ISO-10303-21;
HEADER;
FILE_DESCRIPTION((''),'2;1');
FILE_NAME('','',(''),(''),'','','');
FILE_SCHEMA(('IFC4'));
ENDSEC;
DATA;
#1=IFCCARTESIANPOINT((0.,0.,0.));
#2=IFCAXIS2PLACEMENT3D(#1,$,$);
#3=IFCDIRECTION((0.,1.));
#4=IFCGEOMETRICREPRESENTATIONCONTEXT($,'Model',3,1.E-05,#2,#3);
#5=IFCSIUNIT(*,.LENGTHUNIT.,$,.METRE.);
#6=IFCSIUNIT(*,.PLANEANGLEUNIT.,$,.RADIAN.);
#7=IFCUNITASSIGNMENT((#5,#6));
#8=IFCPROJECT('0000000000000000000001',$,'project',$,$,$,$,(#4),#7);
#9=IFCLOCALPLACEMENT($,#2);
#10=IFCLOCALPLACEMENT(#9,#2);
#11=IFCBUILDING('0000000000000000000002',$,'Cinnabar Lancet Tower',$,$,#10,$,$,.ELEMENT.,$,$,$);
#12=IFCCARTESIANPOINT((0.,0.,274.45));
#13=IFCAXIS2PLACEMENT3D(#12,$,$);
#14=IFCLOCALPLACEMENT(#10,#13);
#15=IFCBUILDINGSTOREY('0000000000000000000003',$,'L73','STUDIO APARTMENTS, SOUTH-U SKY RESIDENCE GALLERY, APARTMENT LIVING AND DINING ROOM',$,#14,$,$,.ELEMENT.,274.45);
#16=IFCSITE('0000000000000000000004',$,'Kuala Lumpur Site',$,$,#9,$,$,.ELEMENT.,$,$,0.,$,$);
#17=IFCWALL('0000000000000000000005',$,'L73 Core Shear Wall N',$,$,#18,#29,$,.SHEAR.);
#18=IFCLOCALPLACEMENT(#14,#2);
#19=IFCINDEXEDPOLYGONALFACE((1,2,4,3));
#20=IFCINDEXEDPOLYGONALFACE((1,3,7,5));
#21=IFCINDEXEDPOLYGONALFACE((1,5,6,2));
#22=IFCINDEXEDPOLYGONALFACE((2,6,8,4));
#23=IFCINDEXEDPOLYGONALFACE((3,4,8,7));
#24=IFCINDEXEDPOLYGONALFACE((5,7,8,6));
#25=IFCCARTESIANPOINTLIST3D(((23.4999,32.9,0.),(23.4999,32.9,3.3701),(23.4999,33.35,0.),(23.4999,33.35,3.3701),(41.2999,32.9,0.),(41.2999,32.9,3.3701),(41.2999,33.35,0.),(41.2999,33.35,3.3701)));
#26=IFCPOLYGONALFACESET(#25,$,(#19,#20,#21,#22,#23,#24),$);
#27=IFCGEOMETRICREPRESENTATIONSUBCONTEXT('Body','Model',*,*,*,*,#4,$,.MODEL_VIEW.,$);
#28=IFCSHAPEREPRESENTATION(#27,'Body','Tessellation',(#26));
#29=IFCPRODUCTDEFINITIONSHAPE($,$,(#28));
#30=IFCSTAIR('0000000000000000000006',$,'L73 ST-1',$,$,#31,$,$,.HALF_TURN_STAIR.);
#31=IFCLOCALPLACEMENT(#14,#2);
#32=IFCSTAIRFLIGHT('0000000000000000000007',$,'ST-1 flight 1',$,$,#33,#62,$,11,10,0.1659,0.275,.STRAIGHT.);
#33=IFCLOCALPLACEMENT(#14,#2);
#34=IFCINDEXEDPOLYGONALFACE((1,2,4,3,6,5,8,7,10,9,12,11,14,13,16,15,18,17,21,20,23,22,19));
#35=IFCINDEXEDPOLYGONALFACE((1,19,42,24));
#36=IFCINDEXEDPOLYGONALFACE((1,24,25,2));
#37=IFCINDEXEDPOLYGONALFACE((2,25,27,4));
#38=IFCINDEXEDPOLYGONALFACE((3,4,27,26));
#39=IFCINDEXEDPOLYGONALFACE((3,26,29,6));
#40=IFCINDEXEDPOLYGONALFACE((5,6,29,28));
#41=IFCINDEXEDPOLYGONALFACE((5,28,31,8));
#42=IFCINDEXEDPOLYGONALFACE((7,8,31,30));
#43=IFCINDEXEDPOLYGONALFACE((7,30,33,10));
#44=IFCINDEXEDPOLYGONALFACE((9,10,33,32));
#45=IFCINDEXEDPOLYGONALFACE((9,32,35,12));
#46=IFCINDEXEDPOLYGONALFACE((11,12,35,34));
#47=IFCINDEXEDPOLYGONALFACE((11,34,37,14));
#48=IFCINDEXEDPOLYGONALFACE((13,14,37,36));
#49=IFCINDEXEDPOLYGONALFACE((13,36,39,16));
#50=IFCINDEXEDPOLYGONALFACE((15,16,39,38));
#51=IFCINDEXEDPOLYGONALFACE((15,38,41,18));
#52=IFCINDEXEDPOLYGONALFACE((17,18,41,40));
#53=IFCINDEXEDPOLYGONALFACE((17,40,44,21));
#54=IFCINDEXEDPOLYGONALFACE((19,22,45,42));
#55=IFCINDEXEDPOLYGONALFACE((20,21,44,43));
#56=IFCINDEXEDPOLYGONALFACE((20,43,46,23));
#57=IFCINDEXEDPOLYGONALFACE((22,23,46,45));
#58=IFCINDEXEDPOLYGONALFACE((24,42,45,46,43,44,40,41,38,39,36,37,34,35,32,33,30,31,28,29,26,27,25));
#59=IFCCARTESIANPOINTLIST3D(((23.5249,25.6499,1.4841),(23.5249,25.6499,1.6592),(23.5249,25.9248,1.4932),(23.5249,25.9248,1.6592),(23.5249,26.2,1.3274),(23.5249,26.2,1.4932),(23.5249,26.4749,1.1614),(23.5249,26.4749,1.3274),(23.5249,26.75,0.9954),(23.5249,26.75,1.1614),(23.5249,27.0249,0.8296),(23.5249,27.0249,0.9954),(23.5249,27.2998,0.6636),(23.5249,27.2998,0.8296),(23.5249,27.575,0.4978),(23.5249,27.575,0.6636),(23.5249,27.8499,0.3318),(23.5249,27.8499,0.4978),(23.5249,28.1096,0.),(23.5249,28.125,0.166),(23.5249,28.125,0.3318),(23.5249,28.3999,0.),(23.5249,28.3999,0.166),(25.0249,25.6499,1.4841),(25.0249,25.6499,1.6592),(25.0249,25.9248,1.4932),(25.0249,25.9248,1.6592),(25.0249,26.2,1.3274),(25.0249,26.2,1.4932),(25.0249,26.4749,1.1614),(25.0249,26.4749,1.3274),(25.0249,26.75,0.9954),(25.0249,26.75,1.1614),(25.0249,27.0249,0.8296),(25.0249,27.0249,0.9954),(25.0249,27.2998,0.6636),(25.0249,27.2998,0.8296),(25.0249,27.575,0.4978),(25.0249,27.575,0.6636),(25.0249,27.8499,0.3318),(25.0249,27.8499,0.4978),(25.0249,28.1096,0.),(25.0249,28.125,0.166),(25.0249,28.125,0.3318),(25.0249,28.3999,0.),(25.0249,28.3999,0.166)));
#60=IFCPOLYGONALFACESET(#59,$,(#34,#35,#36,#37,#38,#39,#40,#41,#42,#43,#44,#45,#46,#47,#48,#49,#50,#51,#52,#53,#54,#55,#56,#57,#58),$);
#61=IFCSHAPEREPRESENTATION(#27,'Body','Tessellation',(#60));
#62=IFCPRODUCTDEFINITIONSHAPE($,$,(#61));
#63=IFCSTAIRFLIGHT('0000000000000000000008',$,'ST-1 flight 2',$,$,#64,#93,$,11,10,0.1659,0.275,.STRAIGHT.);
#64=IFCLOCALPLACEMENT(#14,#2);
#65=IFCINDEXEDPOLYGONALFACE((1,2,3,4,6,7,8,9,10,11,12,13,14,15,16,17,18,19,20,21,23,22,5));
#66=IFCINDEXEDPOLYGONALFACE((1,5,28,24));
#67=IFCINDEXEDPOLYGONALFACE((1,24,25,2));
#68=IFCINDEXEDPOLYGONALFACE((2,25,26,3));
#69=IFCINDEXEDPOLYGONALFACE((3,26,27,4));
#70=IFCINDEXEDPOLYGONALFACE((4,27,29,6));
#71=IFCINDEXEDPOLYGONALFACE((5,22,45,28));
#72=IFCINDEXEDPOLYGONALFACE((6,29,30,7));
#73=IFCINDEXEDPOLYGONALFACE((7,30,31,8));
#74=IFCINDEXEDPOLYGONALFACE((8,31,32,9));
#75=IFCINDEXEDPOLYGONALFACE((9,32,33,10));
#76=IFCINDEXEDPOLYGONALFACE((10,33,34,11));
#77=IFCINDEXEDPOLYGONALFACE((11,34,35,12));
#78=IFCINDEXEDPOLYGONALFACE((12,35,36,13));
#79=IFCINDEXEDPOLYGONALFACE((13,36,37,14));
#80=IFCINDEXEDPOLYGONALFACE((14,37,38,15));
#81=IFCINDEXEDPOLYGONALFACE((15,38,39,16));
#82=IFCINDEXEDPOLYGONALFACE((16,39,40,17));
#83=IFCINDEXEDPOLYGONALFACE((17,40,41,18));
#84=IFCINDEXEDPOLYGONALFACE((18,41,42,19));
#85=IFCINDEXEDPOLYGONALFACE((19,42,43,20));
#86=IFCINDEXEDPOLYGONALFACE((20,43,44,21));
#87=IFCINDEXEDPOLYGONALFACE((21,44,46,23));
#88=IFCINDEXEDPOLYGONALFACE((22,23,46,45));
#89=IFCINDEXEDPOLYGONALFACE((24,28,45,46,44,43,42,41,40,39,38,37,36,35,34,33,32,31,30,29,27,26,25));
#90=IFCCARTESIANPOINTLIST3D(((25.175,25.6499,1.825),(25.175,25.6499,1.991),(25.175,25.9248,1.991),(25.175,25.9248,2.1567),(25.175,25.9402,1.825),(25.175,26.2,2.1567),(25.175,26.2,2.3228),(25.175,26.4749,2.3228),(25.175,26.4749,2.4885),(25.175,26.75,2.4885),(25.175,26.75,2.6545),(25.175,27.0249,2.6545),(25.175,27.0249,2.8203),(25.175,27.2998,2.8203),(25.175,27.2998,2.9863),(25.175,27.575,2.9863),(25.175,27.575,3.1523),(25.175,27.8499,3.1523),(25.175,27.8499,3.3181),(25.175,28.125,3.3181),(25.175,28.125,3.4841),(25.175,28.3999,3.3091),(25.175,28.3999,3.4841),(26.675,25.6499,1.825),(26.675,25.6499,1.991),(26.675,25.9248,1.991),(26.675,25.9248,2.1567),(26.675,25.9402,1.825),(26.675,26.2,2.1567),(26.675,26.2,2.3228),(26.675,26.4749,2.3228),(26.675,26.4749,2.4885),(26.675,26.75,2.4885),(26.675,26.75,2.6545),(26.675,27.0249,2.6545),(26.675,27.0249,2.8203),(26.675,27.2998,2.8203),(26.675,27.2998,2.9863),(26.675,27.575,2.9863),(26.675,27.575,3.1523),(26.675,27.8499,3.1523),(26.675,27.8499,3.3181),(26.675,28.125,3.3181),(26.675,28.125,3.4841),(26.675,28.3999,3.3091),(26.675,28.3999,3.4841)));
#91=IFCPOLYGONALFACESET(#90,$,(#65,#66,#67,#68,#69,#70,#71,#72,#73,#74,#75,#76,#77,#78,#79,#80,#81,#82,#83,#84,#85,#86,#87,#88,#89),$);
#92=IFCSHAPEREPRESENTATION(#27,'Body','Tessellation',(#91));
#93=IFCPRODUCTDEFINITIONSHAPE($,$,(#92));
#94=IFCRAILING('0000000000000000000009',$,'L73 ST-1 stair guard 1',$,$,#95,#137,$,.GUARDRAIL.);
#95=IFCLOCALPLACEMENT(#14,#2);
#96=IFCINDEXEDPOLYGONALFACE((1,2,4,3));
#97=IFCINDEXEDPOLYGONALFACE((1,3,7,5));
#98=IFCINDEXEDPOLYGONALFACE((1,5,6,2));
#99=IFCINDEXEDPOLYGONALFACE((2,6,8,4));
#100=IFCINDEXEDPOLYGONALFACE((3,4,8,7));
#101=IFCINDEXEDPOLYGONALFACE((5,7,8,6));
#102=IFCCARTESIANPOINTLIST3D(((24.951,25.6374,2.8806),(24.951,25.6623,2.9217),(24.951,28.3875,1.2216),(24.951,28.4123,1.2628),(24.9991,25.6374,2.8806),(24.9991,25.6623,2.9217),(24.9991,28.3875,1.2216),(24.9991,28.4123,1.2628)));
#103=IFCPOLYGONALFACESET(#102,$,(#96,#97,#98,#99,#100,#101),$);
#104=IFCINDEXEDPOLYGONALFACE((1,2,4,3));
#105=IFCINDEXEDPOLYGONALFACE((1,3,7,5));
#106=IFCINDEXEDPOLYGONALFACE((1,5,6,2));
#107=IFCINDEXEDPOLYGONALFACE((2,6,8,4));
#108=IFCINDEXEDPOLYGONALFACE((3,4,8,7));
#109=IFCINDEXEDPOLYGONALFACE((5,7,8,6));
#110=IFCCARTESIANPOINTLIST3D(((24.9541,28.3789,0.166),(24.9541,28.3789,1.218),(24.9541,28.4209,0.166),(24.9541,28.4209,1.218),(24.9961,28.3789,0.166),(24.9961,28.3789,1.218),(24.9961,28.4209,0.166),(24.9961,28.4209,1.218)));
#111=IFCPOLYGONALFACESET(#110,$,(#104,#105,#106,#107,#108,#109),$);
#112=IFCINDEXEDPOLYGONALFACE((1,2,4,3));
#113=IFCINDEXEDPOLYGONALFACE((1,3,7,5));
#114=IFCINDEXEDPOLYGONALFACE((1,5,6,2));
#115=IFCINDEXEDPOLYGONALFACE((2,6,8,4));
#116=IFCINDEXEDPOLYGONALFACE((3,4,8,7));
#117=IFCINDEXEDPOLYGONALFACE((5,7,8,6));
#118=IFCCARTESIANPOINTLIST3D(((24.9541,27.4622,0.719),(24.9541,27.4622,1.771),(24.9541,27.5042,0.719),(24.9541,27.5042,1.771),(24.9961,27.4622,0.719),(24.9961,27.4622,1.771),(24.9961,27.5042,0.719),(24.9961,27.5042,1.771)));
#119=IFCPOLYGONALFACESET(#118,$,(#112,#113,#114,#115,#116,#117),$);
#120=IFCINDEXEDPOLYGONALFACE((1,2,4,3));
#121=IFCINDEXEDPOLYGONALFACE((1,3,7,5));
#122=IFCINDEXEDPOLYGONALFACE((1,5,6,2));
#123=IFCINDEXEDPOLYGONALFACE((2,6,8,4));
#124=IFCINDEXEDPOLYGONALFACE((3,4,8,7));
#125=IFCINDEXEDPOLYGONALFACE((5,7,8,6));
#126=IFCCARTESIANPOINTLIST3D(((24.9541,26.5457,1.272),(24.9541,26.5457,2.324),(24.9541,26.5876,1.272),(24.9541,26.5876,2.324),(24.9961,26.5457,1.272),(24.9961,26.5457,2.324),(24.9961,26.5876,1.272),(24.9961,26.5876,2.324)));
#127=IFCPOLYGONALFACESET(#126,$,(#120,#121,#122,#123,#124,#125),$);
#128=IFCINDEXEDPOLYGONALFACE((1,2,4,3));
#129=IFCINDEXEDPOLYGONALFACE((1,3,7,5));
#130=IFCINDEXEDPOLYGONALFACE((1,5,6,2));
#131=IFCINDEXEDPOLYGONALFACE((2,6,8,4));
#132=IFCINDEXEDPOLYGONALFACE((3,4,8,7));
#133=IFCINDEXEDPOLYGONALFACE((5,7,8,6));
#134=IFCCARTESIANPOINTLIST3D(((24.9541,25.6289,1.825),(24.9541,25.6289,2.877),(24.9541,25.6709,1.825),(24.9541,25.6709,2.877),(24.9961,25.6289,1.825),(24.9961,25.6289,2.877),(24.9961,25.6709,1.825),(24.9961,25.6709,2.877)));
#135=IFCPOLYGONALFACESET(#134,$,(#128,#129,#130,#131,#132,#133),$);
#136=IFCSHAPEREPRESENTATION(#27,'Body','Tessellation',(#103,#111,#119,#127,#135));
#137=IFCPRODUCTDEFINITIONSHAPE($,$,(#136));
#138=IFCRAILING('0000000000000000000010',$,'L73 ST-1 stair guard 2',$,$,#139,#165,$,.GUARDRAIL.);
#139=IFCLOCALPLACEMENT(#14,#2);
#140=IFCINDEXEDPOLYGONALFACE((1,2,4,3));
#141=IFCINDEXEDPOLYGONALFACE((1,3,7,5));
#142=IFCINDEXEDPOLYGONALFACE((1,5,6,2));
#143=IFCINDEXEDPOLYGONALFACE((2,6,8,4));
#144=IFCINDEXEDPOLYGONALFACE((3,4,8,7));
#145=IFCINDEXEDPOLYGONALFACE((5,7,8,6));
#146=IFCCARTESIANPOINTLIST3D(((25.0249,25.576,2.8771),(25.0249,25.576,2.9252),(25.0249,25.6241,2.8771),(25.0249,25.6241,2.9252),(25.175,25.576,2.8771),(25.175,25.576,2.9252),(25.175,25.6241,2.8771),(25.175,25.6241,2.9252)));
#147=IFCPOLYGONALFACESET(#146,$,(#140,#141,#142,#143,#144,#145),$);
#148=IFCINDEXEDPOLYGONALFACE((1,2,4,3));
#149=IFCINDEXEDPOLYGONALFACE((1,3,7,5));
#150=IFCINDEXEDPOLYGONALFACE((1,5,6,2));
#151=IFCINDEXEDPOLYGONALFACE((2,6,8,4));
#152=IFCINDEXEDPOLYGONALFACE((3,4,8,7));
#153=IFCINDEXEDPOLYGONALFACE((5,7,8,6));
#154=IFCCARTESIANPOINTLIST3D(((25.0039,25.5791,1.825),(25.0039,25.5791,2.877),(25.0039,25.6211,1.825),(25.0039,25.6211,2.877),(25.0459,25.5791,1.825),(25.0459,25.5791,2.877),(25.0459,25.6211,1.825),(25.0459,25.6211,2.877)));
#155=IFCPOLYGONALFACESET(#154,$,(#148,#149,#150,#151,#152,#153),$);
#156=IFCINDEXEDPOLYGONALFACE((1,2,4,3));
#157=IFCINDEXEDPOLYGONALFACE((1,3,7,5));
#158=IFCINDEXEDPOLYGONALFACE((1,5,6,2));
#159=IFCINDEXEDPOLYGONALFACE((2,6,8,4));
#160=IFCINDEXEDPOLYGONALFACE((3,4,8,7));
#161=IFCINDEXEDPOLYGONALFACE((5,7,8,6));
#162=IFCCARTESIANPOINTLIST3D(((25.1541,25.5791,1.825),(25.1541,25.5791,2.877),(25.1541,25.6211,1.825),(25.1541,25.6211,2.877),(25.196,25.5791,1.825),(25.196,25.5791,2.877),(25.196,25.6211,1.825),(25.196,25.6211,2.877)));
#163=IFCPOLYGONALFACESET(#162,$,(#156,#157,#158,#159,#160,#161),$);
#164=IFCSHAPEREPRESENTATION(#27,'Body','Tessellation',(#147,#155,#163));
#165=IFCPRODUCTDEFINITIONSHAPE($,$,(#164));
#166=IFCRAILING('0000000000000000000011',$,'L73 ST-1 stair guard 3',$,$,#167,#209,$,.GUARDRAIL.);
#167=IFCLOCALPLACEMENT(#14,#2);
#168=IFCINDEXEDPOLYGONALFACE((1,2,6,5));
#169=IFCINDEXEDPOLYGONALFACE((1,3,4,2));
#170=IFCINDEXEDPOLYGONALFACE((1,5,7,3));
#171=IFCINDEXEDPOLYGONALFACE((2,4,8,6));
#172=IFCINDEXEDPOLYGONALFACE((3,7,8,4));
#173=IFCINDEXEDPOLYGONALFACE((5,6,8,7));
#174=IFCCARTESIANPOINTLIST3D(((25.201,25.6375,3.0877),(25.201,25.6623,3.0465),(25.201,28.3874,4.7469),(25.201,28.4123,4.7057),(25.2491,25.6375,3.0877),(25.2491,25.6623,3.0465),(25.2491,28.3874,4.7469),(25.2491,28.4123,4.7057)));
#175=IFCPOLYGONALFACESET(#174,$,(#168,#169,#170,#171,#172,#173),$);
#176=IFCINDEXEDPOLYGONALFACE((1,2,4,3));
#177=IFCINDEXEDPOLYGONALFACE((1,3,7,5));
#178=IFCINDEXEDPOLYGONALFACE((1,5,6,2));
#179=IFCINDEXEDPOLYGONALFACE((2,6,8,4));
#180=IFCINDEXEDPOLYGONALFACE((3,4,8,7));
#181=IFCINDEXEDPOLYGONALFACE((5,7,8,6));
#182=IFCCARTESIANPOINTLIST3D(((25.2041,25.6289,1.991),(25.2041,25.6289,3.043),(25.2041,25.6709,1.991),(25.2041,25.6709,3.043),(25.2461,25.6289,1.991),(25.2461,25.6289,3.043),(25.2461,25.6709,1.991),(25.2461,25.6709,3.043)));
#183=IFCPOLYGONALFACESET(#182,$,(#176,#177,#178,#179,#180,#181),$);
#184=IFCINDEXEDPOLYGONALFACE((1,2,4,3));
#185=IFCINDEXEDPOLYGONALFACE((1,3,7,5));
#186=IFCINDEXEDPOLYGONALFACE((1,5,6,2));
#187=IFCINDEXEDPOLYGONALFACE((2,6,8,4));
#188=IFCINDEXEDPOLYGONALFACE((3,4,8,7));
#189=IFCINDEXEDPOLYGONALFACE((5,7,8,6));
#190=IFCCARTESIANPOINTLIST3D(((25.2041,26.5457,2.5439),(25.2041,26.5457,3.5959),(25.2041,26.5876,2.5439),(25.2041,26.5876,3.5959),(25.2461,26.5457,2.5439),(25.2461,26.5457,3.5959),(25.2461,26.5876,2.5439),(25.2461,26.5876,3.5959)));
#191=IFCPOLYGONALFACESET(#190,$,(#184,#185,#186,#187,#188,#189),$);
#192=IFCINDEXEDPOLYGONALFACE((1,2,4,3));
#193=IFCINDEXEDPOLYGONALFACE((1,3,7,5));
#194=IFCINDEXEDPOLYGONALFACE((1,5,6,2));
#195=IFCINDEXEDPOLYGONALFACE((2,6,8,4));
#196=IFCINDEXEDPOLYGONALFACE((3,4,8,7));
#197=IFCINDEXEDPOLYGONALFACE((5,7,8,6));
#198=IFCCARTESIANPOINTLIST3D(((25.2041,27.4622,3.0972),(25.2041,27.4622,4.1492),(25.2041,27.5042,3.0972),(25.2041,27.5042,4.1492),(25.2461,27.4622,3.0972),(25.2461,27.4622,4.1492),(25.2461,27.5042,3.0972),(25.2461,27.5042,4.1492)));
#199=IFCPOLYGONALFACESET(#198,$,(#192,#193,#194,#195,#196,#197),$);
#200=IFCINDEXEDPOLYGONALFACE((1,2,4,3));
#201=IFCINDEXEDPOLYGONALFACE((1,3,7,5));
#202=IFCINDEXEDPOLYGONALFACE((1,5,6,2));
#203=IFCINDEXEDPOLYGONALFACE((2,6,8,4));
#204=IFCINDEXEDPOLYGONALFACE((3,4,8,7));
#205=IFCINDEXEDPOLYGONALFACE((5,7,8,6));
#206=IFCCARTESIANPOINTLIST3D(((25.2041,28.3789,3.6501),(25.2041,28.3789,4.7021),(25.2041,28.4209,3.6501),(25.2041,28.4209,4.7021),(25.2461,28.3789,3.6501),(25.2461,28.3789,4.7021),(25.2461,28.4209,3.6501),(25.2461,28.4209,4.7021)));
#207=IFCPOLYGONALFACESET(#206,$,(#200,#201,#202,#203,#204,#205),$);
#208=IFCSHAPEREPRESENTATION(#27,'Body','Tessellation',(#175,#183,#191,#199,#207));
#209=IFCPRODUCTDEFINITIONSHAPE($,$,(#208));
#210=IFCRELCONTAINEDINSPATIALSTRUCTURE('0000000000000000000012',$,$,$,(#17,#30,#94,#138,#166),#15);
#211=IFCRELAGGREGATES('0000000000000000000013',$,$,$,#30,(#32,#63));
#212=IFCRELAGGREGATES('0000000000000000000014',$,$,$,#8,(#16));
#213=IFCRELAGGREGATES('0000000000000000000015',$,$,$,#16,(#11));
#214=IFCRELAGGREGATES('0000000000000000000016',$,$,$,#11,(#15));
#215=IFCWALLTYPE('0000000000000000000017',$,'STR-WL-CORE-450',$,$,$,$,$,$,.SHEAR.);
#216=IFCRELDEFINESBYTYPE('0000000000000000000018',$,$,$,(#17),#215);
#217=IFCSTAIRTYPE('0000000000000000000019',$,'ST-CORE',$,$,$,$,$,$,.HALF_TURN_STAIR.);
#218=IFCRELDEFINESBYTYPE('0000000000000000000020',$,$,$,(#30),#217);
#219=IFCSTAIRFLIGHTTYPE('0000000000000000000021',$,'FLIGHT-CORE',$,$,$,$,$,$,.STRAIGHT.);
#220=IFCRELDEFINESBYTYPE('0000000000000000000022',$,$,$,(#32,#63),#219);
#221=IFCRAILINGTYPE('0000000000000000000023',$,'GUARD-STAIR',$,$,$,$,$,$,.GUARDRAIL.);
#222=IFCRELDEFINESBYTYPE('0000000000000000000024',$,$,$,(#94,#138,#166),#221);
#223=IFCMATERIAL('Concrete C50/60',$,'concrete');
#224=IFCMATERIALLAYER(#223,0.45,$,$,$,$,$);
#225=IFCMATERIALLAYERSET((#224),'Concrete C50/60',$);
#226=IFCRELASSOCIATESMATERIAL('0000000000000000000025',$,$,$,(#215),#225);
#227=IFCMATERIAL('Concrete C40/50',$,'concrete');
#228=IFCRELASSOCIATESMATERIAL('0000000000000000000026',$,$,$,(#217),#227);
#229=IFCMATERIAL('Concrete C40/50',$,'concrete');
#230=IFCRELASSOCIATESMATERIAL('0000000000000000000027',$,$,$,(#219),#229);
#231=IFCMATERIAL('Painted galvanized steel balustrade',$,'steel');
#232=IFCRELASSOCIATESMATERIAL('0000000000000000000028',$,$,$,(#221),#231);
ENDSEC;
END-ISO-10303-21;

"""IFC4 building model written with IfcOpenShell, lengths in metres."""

from ifc_helpers import new_model, si_unit, direction, frame, frame_2d, origin, origin_2d, place, context, subcontext, project, spatial, polyline, rectangle, outline, extrude, material, layer, layer_set, type_object, element, aggregate, save


model = new_model("IFC4")

# Units and contexts
model_context = context("Model", 3, precision=1e-05, world=origin(), true_north=direction((0.0, 1.0)))
body_context = subcontext(model_context, "Body", "Model", "MODEL_VIEW")
ifc_project = project(units=[si_unit("LENGTHUNIT", "METRE"), si_unit("PLANEANGLEUNIT", "RADIAN")], contexts=[model_context])

# Site, building, storey
site_placement = place(None, origin())
site = spatial("IfcSite", under=ifc_project, at=site_placement, Name="Kuala Lumpur Site", CompositionType="ELEMENT", RefElevation=0.0)
building_placement = place(site_placement, origin())
building = spatial("IfcBuilding", under=site, at=building_placement, Name="Cinnabar Lancet Tower", CompositionType="ELEMENT")
storey_placement = place(building_placement, frame((0.0, 0.0, 274.45)))
storey = spatial("IfcBuildingStorey", under=building, at=storey_placement, Name="L73", Description="STUDIO APARTMENTS, SOUTH-U SKY RESIDENCE GALLERY, APARTMENT LIVING AND DINING ROOM", CompositionType="ELEMENT", Elevation=274.45)

# Wall
ifc_material_1 = material(Name="Concrete C50/60", Category="concrete")
ifc_layer_1 = layer(ifc_material_1, 0.45)
ifc_layer_set_1 = layer_set([ifc_layer_1], Name="Concrete C50/60")
wall_type_1 = type_object("IfcWallType", Name="STR-WL-CORE-450", PredefinedType="SHEAR", material=ifc_layer_set_1)
wall_1_placement = place(storey_placement, frame((23.5, 33.125, 0.0), z_axis=(0.0, 0.0, 1.0), x_axis=(1.0, 0.0, 0.0)))
element("IfcWall", 1, at=wall_1_placement, inside=storey, type_object=wall_type_1, Name="L73 Core Shear Wall N", PredefinedType="SHEAR", context=body_context, shape_type="SweptSolid", body=[
    extrude(rectangle(XDim=17.8, YDim=0.45, at=frame_2d((8.8999, 0.0))), origin(), (0.0, 0.0, 1.0), 3.3701),
])

# Stair, stair flights
ifc_material_2 = material(Name="Concrete C40/50", Category="concrete")
stair_type = type_object("IfcStairType", Name="ST-CORE", PredefinedType="HALF_TURN_STAIR", material=ifc_material_2)
stair_placement = place(storey_placement, origin())
stair = element("IfcStair", 2, at=stair_placement, inside=storey, type_object=stair_type, Name="L73 ST-1", PredefinedType="HALF_TURN_STAIR")
ifc_material_3 = material(Name="Concrete C40/50", Category="concrete")
stair_flight_type = type_object("IfcStairFlightType", Name="FLIGHT-CORE", PredefinedType="STRAIGHT", material=ifc_material_3)
stair_flight_1_placement = place(storey_placement, frame((24.2749, 28.3999, 0.0), z_axis=(0.0, 0.0, 1.0), x_axis=(0.0, -1.0, 0.0)))
stair_flight_1 = element("IfcStairFlight", 3, at=stair_flight_1_placement, type_object=stair_flight_type, Name="ST-1 flight 1", NumberOfRisers=11, NumberOfTreads=10, PredefinedType="STRAIGHT", RiserHeight=0.1659, TreadLength=0.275, context=body_context, shape_type="SweptSolid", body=[
    extrude(outline(polyline([(0.0, 0.0), (0.0, 0.166), (0.2749, 0.166), (0.2749, 0.3318), (0.55, 0.3318), (0.55, 0.4978), (0.825, 0.4978), (0.825, 0.6636), (1.1001, 0.6636), (1.1001, 0.8296), (1.375, 0.8296), (1.375, 0.9954), (1.6499, 0.9954), (1.6499, 1.1614), (1.925, 1.1614), (1.925, 1.3274), (2.2, 1.3274), (2.2, 1.4932), (2.4751, 1.4932), (2.4751, 1.6592), (2.75, 1.6592), (2.75, 1.825), (2.75, 1.4841), (0.2903, 0.0), (0.0, 0.0)])), frame((0.0, 0.75, 0.0), z_axis=(0.0, -1.0, 0.0), x_axis=(1.0, 0.0, 0.0)), (0.0, 0.0, 1.0), 1.5),
])
stair_flight_2_placement = place(storey_placement, frame((25.925, 25.6499, 1.825), z_axis=(0.0, 0.0, 1.0), x_axis=(0.0, 1.0, 0.0)))
stair_flight_2 = element("IfcStairFlight", 4, at=stair_flight_2_placement, type_object=stair_flight_type, Name="ST-1 flight 2", NumberOfRisers=11, NumberOfTreads=10, PredefinedType="STRAIGHT", RiserHeight=0.1659, TreadLength=0.275, context=body_context, shape_type="SweptSolid", body=[
    extrude(outline(polyline([(0.0, 0.0), (0.0, 0.166), (0.2749, 0.166), (0.2749, 0.3318), (0.55, 0.3318), (0.55, 0.4978), (0.825, 0.4978), (0.825, 0.6636), (1.1001, 0.6636), (1.1001, 0.8296), (1.375, 0.8296), (1.375, 0.9954), (1.6499, 0.9954), (1.6499, 1.1614), (1.925, 1.1614), (1.925, 1.3274), (2.2, 1.3274), (2.2, 1.4932), (2.4751, 1.4932), (2.4751, 1.6592), (2.75, 1.6592), (2.75, 1.825), (2.75, 1.4841), (0.2903, 0.0), (0.0, 0.0)])), frame((0.0, 0.75, 0.0), z_axis=(0.0, -1.0, 0.0), x_axis=(1.0, 0.0, 0.0)), (0.0, 0.0, 1.0), 1.5),
])
aggregate(stair, [stair_flight_1, stair_flight_2])

# Railings
ifc_material_4 = material(Name="Painted galvanized steel balustrade", Category="steel")
railing_type_1 = type_object("IfcRailingType", Name="GUARD-STAIR", PredefinedType="GUARDRAIL", material=ifc_material_4)
railing_1_placement = place(storey_placement, frame((24.9751, 28.3999, 0.166)))
element("IfcRailing", 5, at=railing_1_placement, inside=storey, type_object=railing_type_1, Name="L73 ST-1 stair guard 1", PredefinedType="GUARDRAIL", context=body_context, shape_type="SweptSolid", body=[
    extrude(rectangle(XDim=0.0481, YDim=0.0481, at=origin_2d()), frame((0.0, 0.0, 1.0762), z_axis=(0.0, -0.856263, 0.51654), x_axis=(1.0, 0.0, 0.0)), (0.0, 0.0, 1.0), 3.2117),
    extrude(rectangle(XDim=0.042, YDim=0.042, at=origin_2d()), origin(), (0.0, 0.0, 1.0), 1.052),
    extrude(rectangle(XDim=0.042, YDim=0.042, at=origin_2d()), frame((0.0, -0.9167, 0.553)), (0.0, 0.0, 1.0), 1.052),
    extrude(rectangle(XDim=0.042, YDim=0.042, at=origin_2d()), frame((0.0, -1.8333, 1.106)), (0.0, 0.0, 1.0), 1.052),
    extrude(rectangle(XDim=0.042, YDim=0.042, at=origin_2d()), frame((0.0, -2.75, 1.6589)), (0.0, 0.0, 1.0), 1.052),
])
railing_2_placement = place(storey_placement, frame((25.0249, 25.6001, 1.825)))
element("IfcRailing", 6, at=railing_2_placement, inside=storey, type_object=railing_type_1, Name="L73 ST-1 stair guard 2", PredefinedType="GUARDRAIL", context=body_context, shape_type="SweptSolid", body=[
    extrude(rectangle(XDim=0.0481, YDim=0.0481, at=origin_2d()), frame((0.0, 0.0, 1.0762), z_axis=(1.0, 0.0, 0.0), x_axis=(0.0, 1.0, 0.0)), (0.0, 0.0, 1.0), 0.1501),
    extrude(rectangle(XDim=0.042, YDim=0.042, at=origin_2d()), origin(), (0.0, 0.0, 1.0), 1.052),
    extrude(rectangle(XDim=0.042, YDim=0.042, at=origin_2d()), frame((0.1501, 0.0, 0.0)), (0.0, 0.0, 1.0), 1.052),
])
railing_3_placement = place(storey_placement, frame((25.2251, 25.6499, 1.991)))
element("IfcRailing", 7, at=railing_3_placement, inside=storey, type_object=railing_type_1, Name="L73 ST-1 stair guard 3", PredefinedType="GUARDRAIL", context=body_context, shape_type="SweptSolid", body=[
    extrude(rectangle(XDim=0.0481, YDim=0.0481, at=origin_2d()), frame((0.0, 0.0, 1.0762), z_axis=(0.0, 0.856229, 0.516596), x_axis=(-1.0, 0.0, 0.0)), (0.0, 0.0, 1.0), 3.2117),
    extrude(rectangle(XDim=0.042, YDim=0.042, at=origin_2d()), origin(), (0.0, 0.0, 1.0), 1.052),
    extrude(rectangle(XDim=0.042, YDim=0.042, at=origin_2d()), frame((0.0, 0.9167, 0.553)), (0.0, 0.0, 1.0), 1.052),
    extrude(rectangle(XDim=0.042, YDim=0.042, at=origin_2d()), frame((0.0, 1.8333, 1.1062)), (0.0, 0.0, 1.0), 1.052),
    extrude(rectangle(XDim=0.042, YDim=0.042, at=origin_2d()), frame((0.0, 2.75, 1.6592)), (0.0, 0.0, 1.0), 1.052),
])

save(model, "model.ifc")
